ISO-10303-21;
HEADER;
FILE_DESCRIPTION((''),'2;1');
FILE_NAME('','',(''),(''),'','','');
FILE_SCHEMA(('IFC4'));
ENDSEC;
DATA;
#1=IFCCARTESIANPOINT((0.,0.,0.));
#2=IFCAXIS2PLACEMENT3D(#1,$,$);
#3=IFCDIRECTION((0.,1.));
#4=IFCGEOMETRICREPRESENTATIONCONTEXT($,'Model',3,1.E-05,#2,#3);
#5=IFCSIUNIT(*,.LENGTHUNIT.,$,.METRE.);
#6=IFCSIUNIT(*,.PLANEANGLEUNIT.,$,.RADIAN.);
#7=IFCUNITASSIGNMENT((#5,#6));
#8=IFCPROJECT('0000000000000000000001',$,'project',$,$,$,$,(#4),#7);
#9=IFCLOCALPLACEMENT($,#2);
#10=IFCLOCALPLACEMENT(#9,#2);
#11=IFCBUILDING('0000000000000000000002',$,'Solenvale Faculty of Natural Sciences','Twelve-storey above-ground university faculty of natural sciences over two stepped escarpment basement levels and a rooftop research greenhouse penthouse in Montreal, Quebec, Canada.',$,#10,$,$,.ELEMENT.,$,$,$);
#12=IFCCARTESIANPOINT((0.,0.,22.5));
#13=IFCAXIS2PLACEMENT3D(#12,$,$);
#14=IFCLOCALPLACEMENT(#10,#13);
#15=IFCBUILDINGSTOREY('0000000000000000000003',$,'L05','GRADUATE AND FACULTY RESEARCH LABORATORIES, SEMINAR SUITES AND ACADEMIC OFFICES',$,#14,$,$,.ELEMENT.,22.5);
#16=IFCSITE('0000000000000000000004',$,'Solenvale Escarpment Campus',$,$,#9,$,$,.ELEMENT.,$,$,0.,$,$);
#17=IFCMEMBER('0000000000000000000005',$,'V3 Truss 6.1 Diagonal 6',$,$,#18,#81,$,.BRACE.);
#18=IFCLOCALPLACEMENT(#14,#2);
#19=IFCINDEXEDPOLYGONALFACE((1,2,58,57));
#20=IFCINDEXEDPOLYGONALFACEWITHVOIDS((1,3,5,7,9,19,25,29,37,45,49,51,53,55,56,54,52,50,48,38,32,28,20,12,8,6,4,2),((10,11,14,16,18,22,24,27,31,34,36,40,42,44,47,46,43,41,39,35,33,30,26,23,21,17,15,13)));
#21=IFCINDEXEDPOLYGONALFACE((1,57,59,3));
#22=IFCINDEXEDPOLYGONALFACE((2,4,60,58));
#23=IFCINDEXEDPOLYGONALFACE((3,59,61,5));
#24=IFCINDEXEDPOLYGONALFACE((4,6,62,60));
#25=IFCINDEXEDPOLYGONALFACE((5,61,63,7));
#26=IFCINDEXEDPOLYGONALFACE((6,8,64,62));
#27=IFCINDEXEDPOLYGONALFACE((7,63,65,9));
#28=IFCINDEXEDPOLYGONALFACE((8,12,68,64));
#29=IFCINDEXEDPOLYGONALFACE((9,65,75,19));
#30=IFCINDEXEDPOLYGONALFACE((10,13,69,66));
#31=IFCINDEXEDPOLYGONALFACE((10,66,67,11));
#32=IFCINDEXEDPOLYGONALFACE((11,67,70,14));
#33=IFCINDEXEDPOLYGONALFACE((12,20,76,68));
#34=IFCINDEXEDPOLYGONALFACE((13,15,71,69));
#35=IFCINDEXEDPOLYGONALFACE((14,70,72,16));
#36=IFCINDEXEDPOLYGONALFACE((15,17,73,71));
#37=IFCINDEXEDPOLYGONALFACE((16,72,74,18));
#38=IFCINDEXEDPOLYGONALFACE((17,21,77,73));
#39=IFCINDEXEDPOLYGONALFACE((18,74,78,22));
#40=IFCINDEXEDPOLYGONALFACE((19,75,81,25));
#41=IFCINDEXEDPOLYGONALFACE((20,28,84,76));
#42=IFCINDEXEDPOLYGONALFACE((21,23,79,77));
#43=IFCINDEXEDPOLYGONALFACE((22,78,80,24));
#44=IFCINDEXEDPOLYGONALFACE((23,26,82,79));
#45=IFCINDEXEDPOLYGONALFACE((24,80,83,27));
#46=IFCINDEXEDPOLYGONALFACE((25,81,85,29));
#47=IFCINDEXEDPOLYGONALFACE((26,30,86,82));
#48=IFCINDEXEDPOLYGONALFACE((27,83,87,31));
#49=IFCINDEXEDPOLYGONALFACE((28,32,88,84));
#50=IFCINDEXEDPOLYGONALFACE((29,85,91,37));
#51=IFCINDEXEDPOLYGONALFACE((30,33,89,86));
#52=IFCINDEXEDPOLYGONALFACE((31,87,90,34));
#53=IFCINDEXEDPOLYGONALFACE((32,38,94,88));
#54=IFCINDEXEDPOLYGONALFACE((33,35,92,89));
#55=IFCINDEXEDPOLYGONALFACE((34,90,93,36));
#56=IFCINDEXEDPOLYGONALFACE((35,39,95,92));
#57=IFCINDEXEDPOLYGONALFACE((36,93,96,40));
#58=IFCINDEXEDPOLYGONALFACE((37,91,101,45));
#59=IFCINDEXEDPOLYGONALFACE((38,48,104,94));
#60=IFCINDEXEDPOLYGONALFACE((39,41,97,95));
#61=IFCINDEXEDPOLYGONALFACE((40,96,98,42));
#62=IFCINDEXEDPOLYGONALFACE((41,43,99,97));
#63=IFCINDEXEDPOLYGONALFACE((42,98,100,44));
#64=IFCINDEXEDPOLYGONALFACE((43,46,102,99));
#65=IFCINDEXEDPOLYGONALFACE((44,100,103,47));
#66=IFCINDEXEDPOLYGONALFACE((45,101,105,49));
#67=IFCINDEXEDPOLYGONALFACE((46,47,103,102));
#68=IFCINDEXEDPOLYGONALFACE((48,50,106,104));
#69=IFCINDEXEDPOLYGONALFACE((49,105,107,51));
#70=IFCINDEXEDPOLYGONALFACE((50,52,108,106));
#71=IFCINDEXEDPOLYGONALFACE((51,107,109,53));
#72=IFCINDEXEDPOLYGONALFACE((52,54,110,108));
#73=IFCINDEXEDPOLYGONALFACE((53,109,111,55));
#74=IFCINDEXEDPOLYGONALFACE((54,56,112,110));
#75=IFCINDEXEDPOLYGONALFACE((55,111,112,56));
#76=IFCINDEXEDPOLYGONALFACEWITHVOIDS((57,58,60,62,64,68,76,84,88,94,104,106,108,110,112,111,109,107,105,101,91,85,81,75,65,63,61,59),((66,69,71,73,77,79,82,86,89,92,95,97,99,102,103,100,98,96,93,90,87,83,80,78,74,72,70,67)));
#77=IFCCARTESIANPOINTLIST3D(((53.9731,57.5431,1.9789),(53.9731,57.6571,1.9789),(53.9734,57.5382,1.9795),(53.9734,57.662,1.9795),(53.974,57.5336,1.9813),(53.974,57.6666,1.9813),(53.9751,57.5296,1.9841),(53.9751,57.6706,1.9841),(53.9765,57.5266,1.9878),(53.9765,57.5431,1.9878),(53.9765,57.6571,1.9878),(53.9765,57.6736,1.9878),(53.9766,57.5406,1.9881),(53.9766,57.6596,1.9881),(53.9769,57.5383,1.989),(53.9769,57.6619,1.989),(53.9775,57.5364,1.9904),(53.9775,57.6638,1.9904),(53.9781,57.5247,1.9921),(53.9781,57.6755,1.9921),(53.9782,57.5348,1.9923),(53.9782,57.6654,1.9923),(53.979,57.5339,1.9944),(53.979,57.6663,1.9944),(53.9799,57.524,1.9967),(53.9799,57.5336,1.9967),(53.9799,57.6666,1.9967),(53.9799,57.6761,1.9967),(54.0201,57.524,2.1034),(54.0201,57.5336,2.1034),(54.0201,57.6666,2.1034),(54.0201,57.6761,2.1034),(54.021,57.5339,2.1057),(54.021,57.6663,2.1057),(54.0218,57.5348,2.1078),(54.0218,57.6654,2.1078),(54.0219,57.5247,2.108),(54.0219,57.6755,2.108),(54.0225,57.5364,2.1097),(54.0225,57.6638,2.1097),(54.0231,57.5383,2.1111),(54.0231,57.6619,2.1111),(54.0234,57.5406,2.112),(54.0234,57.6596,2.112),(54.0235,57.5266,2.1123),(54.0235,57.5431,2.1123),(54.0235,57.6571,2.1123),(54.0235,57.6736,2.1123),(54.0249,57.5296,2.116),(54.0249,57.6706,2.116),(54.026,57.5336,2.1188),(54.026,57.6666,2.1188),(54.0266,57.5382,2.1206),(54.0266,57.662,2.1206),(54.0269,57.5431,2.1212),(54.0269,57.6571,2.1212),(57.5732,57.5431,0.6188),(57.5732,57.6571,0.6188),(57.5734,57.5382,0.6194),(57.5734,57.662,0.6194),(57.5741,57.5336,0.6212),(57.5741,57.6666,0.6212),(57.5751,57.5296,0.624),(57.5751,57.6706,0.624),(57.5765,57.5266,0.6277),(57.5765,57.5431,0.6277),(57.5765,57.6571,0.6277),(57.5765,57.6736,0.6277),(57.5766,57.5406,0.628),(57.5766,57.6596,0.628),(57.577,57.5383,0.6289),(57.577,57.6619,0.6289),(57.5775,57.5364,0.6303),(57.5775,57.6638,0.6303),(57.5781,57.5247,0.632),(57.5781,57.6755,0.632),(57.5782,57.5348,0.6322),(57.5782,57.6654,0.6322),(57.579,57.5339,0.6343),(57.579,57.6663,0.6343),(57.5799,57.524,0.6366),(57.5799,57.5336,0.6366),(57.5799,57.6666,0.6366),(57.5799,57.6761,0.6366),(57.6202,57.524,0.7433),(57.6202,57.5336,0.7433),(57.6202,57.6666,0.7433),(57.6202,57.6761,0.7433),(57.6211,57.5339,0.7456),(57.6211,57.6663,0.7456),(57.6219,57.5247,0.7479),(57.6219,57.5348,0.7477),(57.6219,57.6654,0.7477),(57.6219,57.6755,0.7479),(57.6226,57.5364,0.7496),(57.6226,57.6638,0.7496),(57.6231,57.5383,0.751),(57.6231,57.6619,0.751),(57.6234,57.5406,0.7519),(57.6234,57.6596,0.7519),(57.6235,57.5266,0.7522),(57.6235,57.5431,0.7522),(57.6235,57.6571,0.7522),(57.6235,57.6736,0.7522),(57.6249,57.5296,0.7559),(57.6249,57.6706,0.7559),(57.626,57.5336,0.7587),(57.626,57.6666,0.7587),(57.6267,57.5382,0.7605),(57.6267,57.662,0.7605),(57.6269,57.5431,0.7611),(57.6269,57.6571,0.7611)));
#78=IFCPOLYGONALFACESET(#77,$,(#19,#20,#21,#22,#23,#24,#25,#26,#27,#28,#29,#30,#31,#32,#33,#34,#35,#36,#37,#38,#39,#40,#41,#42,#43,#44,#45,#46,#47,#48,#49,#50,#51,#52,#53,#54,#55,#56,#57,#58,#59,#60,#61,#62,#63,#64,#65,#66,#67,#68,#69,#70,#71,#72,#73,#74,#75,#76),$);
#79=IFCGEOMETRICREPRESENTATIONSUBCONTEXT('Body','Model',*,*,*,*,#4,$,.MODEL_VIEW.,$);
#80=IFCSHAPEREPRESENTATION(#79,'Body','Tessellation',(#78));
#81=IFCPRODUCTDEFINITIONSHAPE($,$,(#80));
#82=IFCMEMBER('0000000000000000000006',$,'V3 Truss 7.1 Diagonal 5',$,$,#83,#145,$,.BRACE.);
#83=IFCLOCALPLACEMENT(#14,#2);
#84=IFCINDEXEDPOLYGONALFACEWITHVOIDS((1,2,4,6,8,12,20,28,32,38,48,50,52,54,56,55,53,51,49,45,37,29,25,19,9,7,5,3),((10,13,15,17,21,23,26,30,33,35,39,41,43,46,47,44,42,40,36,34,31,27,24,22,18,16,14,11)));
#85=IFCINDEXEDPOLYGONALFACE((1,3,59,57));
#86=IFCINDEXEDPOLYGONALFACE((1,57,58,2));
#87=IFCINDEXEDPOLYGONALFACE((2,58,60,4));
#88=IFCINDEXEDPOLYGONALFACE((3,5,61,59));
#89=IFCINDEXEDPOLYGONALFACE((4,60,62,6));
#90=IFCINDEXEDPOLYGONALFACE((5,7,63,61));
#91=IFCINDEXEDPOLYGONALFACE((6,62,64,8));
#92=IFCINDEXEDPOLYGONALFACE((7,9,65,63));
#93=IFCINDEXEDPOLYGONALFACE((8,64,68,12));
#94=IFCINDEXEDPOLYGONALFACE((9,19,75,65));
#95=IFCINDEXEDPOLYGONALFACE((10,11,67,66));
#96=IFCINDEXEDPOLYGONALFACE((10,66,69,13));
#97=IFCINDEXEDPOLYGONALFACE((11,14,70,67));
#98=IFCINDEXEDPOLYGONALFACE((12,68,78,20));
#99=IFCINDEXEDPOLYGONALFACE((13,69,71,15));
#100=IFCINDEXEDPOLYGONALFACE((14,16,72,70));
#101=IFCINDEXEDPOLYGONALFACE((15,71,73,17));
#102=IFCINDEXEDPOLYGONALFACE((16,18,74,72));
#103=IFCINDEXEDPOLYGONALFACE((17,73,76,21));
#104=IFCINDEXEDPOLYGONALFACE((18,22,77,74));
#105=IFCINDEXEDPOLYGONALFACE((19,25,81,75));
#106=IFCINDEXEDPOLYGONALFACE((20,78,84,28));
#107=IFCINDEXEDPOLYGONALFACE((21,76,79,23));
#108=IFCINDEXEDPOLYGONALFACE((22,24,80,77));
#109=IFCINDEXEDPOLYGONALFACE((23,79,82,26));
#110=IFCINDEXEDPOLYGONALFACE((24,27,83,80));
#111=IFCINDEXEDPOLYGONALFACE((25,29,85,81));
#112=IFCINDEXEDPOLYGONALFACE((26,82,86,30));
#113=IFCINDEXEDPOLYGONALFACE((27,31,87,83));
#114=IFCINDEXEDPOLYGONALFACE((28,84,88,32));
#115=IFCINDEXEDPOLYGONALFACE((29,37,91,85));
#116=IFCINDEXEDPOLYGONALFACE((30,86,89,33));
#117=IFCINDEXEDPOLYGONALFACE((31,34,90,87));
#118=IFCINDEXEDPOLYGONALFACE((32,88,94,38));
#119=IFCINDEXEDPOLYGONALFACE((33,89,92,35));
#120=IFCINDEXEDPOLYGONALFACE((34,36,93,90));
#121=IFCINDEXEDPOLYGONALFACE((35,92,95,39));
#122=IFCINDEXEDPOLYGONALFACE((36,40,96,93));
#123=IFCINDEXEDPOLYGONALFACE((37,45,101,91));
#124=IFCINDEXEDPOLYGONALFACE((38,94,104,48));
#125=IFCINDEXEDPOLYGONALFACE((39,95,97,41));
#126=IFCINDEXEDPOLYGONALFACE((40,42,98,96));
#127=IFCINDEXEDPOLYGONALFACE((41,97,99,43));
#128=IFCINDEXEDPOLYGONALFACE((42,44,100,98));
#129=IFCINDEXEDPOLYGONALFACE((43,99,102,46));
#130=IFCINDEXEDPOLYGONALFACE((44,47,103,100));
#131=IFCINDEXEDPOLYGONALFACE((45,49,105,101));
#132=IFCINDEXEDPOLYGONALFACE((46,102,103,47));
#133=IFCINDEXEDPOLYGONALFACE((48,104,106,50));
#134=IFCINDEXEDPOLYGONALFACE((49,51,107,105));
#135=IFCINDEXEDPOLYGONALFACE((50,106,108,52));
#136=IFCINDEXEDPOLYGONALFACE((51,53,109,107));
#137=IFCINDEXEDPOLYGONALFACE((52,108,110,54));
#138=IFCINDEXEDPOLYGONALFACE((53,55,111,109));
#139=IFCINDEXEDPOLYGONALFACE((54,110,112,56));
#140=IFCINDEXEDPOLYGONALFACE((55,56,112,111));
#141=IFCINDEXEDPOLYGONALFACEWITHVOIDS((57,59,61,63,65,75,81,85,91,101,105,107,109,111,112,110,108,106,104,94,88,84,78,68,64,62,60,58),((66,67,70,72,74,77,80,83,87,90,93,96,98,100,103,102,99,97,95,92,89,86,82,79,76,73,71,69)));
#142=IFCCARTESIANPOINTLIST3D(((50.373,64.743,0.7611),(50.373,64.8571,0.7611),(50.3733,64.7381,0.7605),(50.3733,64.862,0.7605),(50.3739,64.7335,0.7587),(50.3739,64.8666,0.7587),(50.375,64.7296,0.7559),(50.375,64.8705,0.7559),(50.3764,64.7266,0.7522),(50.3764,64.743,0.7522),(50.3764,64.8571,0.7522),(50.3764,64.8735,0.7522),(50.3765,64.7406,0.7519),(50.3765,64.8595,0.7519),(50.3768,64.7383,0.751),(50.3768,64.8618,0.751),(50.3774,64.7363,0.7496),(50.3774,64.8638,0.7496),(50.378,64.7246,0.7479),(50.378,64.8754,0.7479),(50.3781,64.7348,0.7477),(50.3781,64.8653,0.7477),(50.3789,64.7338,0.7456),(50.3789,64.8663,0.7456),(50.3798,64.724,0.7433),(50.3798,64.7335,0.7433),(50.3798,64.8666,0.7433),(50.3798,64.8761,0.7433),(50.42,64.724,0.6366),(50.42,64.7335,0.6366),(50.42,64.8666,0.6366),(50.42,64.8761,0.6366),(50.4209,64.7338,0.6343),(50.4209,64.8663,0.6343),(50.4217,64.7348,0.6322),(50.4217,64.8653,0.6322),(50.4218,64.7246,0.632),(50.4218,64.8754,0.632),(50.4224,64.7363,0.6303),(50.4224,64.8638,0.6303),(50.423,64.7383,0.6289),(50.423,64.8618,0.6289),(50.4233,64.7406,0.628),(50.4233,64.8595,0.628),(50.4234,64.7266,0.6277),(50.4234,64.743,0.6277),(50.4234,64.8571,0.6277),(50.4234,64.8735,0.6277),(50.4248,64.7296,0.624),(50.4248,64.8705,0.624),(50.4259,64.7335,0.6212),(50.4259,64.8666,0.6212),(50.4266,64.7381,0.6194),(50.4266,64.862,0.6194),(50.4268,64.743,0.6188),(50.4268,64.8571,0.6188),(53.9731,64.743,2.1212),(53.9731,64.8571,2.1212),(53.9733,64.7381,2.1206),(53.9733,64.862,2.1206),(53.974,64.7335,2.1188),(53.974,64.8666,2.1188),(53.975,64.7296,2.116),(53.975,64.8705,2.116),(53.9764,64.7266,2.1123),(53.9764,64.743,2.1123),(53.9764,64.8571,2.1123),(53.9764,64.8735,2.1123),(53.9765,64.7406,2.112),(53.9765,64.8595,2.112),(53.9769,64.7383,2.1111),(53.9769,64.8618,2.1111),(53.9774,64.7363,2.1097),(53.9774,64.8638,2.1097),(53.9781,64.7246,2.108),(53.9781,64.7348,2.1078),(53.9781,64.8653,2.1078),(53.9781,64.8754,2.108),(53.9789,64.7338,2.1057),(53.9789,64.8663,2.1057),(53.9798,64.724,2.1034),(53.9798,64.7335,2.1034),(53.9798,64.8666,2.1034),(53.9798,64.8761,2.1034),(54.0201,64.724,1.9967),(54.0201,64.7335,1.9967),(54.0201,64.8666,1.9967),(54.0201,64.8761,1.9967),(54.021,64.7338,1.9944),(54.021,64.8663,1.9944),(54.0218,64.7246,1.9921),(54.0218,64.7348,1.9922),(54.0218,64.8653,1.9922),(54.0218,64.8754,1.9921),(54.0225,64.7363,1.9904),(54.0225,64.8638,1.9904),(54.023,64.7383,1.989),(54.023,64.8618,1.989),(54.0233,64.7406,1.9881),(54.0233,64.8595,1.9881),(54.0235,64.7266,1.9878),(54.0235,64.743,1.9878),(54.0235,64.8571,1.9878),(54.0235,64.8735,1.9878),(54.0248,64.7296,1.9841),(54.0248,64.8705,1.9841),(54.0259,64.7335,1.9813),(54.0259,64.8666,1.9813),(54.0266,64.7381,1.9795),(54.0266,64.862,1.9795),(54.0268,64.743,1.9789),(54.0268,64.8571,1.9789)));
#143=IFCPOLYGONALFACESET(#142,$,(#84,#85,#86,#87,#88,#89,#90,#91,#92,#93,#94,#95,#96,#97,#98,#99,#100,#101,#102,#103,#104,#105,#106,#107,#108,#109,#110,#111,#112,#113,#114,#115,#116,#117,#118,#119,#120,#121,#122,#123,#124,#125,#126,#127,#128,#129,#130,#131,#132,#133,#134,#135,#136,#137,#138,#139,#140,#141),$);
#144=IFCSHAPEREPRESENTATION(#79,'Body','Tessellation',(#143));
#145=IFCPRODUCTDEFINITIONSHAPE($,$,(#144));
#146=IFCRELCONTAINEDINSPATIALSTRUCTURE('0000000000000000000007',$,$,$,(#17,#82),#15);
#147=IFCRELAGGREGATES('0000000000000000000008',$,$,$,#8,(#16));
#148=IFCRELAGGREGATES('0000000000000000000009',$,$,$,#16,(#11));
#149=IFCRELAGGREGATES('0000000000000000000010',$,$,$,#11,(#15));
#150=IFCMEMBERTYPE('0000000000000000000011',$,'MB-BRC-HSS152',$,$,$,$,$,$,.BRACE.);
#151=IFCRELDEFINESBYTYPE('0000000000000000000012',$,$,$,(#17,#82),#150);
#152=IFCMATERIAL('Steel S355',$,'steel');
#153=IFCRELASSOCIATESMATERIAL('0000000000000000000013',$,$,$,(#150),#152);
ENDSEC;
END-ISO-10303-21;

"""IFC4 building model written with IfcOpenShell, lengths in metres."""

from ifc_helpers import new_model, si_unit, direction, frame, origin, origin_2d, place, context, subcontext, project, spatial, hollow_rectangle, extrude, material, material_profile, profile_set, type_object, element, save


model = new_model("IFC4")

# Units and contexts
model_context = context("Model", 3, precision=1e-05, world=origin(), true_north=direction((0.0, 1.0)))
body_context = subcontext(model_context, "Body", "Model", "MODEL_VIEW")
ifc_project = project(units=[si_unit("LENGTHUNIT", "METRE"), si_unit("PLANEANGLEUNIT", "RADIAN")], contexts=[model_context])

# Site, building, storey
site_placement = place(None, origin())
site = spatial("IfcSite", under=ifc_project, at=site_placement, Name="Solenvale Escarpment Campus", CompositionType="ELEMENT", RefElevation=0.0)
building_placement = place(site_placement, origin())
building = spatial("IfcBuilding", under=site, at=building_placement, Name="Solenvale Faculty of Natural Sciences", Description="Twelve-storey above-ground university faculty of natural sciences over two stepped escarpment basement levels and a rooftop research greenhouse penthouse in Montreal, Quebec, Canada.", CompositionType="ELEMENT")
storey_placement = place(building_placement, frame((0.0, 0.0, 22.5)))
storey = spatial("IfcBuildingStorey", under=building, at=storey_placement, Name="L05", Description="GRADUATE AND FACULTY RESEARCH LABORATORIES, SEMINAR SUITES AND ACADEMIC OFFICES", CompositionType="ELEMENT", Elevation=22.5)

# Shared definitions
ifc_material_1 = material(Name="Steel S355", Category="steel")

# Members
ifc_material_profile_1 = material_profile(ifc_material_1, hollow_rectangle(XDim=0.1521, YDim=0.1521, WallThickness=0.0095, InnerFilletRadius=0.0095, OuterFilletRadius=0.019, at=origin_2d()), Name="HSS152x152x9.5")
ifc_profile_set_1 = profile_set([ifc_material_profile_1], Name="Steel S355")
member_type_1 = type_object("IfcMemberType", Name="MB-BRC-HSS152", PredefinedType="BRACE", material=ifc_profile_set_1)
for number, where, z_axis, x_axis, name in (
    (1, (54.0, 57.6001, 2.05), (0.935466, 0.0, -0.353417), (0.0, 1.0, 0.0), "V3 Truss 6.1 Diagonal 6"),
    (2, (50.3999, 64.8, 0.6899), (0.935466, 0.0, 0.353417), (0.0, 1.0, 0.0), "V3 Truss 7.1 Diagonal 5"),
):
    element("IfcMember", number, at=place(storey_placement, frame(where, z_axis=z_axis, x_axis=x_axis)), inside=storey, type_object=member_type_1, Name=name, PredefinedType="BRACE", context=body_context, shape_type="SweptSolid", body=[
        extrude(hollow_rectangle(XDim=0.1521, YDim=0.1521, WallThickness=0.0095, InnerFilletRadius=0.0095, OuterFilletRadius=0.019, at=origin_2d()), origin(), (0.0, 0.0, 1.0), 3.8484),
    ])

save(model, "model.ifc")
